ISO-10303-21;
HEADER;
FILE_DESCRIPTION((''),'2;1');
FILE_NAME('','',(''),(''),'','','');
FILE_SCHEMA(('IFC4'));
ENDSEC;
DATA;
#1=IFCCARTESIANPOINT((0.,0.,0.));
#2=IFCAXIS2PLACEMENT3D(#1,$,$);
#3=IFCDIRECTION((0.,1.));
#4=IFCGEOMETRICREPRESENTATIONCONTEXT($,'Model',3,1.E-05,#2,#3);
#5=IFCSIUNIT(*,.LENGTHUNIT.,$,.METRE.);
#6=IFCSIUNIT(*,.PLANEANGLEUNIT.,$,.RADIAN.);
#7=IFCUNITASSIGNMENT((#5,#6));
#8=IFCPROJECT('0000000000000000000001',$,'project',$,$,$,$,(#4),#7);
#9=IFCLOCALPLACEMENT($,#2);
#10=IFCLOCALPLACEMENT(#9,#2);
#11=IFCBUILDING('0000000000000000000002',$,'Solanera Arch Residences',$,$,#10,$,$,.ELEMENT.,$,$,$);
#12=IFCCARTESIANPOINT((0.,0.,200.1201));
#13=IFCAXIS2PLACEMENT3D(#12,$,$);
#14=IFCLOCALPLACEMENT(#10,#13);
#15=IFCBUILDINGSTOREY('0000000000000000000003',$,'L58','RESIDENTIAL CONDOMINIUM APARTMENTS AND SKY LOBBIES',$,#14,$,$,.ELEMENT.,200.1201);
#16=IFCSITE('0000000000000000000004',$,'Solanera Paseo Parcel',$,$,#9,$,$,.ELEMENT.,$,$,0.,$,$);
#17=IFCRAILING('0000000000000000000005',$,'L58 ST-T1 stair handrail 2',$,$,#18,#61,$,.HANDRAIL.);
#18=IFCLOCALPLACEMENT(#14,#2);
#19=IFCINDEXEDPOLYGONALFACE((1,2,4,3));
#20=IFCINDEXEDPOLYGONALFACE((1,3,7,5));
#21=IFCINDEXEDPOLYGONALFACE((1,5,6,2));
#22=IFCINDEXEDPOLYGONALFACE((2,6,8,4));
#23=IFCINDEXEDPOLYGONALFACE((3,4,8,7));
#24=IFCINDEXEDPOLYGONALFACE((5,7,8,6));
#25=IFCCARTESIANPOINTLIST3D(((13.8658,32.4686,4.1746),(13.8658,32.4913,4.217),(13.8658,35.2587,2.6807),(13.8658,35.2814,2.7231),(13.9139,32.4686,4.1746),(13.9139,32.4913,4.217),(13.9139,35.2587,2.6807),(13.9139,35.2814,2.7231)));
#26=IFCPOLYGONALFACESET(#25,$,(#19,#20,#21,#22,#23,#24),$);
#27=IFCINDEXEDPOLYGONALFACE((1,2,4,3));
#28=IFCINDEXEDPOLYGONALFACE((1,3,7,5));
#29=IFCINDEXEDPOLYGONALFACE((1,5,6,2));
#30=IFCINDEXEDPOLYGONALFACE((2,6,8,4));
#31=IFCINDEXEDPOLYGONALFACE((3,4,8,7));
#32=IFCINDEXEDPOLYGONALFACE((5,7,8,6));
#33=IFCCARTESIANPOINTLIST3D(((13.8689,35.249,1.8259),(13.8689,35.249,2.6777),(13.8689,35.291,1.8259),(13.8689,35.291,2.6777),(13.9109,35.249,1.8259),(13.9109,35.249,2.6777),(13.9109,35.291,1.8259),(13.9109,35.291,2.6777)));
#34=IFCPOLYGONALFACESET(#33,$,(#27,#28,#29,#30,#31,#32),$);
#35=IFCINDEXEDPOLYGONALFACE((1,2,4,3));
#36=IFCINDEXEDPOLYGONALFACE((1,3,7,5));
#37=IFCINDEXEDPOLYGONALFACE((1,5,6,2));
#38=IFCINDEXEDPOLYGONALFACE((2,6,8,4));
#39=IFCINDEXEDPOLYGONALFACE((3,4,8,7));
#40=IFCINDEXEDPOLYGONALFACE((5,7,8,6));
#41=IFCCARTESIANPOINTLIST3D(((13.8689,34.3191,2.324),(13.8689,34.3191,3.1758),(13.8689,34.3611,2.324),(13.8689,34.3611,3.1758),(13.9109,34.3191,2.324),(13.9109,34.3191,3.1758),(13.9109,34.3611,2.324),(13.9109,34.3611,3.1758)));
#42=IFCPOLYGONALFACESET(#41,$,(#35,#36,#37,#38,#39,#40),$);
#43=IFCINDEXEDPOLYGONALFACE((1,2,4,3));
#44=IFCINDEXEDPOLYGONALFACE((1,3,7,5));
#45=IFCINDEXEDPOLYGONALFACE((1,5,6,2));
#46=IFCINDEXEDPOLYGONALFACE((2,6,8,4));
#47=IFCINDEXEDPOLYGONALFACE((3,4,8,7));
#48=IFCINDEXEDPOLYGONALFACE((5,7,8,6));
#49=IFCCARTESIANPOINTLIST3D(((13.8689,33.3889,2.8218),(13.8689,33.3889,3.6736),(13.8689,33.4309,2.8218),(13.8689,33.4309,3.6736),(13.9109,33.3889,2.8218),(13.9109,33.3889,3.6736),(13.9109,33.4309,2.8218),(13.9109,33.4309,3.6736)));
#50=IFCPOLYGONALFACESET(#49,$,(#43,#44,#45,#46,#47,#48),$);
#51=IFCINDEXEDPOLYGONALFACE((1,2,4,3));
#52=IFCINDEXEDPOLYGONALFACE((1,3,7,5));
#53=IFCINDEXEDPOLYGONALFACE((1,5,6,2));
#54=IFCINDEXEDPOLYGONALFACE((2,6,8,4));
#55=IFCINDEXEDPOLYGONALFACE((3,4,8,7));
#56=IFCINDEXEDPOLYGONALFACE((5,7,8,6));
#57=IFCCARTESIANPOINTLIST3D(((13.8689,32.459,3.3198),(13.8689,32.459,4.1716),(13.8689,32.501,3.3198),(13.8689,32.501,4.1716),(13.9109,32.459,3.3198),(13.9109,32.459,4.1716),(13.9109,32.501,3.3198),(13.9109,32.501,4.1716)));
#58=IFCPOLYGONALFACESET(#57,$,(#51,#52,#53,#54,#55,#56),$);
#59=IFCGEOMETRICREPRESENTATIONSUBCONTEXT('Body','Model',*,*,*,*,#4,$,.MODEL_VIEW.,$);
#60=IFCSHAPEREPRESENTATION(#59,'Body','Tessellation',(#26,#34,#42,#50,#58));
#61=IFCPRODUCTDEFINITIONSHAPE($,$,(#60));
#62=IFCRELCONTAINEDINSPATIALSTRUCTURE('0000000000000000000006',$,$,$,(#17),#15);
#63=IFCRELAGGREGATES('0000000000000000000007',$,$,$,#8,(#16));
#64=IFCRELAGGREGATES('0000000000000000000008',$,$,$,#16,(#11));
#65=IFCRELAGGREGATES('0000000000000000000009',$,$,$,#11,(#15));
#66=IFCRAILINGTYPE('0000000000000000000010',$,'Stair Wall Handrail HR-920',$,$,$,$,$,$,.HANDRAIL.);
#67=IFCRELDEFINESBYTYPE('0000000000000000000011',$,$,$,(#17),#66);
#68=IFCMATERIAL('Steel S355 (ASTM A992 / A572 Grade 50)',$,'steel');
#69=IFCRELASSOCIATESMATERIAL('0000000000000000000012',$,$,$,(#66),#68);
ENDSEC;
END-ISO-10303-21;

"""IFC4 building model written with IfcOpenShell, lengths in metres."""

from ifc_helpers import new_model, si_unit, direction, frame, origin, origin_2d, place, context, subcontext, project, spatial, rectangle, extrude, material, type_object, element, save


model = new_model("IFC4")

# Units and contexts
model_context = context("Model", 3, precision=1e-05, world=origin(), true_north=direction((0.0, 1.0)))
body_context = subcontext(model_context, "Body", "Model", "MODEL_VIEW")
ifc_project = project(units=[si_unit("LENGTHUNIT", "METRE"), si_unit("PLANEANGLEUNIT", "RADIAN")], contexts=[model_context])

# Site, building, storey
site_placement = place(None, origin())
site = spatial("IfcSite", under=ifc_project, at=site_placement, Name="Solanera Paseo Parcel", CompositionType="ELEMENT", RefElevation=0.0)
building_placement = place(site_placement, origin())
building = spatial("IfcBuilding", under=site, at=building_placement, Name="Solanera Arch Residences", CompositionType="ELEMENT")
storey_placement = place(building_placement, frame((0.0, 0.0, 200.1201)))
storey = spatial("IfcBuildingStorey", under=building, at=storey_placement, Name="L58", Description="RESIDENTIAL CONDOMINIUM APARTMENTS AND SKY LOBBIES", CompositionType="ELEMENT", Elevation=200.1201)

# Railing
ifc_material_1 = material(Name="Steel S355 (ASTM A992 / A572 Grade 50)", Category="steel")
railing_type_1 = type_object("IfcRailingType", Name="Stair Wall Handrail HR-920", PredefinedType="HANDRAIL", material=ifc_material_1)
railing_1_placement = place(storey_placement, frame((13.8899, 35.27, 1.8259)))
element("IfcRailing", 1, at=railing_1_placement, inside=storey, type_object=railing_type_1, Name="L58 ST-T1 stair handrail 2", PredefinedType="HANDRAIL", context=body_context, shape_type="SweptSolid", body=[
    extrude(rectangle(XDim=0.0481, YDim=0.0481, at=origin_2d()), frame((0.0, 0.0, 0.876), z_axis=(0.0, -0.881581, 0.472033), x_axis=(1.0, 0.0, 0.0)), (0.0, 0.0, 1.0), 3.1648),
    extrude(rectangle(XDim=0.042, YDim=0.042, at=origin_2d()), origin(), (0.0, 0.0, 1.0), 0.8518),
    extrude(rectangle(XDim=0.042, YDim=0.042, at=origin_2d()), frame((0.0, -0.9299, 0.498)), (0.0, 0.0, 1.0), 0.8518),
    extrude(rectangle(XDim=0.042, YDim=0.042, at=origin_2d()), frame((0.0, -1.8601, 0.9958)), (0.0, 0.0, 1.0), 0.8518),
    extrude(rectangle(XDim=0.042, YDim=0.042, at=origin_2d()), frame((0.0, -2.79, 1.4939)), (0.0, 0.0, 1.0), 0.8518),
])

save(model, "model.ifc")
